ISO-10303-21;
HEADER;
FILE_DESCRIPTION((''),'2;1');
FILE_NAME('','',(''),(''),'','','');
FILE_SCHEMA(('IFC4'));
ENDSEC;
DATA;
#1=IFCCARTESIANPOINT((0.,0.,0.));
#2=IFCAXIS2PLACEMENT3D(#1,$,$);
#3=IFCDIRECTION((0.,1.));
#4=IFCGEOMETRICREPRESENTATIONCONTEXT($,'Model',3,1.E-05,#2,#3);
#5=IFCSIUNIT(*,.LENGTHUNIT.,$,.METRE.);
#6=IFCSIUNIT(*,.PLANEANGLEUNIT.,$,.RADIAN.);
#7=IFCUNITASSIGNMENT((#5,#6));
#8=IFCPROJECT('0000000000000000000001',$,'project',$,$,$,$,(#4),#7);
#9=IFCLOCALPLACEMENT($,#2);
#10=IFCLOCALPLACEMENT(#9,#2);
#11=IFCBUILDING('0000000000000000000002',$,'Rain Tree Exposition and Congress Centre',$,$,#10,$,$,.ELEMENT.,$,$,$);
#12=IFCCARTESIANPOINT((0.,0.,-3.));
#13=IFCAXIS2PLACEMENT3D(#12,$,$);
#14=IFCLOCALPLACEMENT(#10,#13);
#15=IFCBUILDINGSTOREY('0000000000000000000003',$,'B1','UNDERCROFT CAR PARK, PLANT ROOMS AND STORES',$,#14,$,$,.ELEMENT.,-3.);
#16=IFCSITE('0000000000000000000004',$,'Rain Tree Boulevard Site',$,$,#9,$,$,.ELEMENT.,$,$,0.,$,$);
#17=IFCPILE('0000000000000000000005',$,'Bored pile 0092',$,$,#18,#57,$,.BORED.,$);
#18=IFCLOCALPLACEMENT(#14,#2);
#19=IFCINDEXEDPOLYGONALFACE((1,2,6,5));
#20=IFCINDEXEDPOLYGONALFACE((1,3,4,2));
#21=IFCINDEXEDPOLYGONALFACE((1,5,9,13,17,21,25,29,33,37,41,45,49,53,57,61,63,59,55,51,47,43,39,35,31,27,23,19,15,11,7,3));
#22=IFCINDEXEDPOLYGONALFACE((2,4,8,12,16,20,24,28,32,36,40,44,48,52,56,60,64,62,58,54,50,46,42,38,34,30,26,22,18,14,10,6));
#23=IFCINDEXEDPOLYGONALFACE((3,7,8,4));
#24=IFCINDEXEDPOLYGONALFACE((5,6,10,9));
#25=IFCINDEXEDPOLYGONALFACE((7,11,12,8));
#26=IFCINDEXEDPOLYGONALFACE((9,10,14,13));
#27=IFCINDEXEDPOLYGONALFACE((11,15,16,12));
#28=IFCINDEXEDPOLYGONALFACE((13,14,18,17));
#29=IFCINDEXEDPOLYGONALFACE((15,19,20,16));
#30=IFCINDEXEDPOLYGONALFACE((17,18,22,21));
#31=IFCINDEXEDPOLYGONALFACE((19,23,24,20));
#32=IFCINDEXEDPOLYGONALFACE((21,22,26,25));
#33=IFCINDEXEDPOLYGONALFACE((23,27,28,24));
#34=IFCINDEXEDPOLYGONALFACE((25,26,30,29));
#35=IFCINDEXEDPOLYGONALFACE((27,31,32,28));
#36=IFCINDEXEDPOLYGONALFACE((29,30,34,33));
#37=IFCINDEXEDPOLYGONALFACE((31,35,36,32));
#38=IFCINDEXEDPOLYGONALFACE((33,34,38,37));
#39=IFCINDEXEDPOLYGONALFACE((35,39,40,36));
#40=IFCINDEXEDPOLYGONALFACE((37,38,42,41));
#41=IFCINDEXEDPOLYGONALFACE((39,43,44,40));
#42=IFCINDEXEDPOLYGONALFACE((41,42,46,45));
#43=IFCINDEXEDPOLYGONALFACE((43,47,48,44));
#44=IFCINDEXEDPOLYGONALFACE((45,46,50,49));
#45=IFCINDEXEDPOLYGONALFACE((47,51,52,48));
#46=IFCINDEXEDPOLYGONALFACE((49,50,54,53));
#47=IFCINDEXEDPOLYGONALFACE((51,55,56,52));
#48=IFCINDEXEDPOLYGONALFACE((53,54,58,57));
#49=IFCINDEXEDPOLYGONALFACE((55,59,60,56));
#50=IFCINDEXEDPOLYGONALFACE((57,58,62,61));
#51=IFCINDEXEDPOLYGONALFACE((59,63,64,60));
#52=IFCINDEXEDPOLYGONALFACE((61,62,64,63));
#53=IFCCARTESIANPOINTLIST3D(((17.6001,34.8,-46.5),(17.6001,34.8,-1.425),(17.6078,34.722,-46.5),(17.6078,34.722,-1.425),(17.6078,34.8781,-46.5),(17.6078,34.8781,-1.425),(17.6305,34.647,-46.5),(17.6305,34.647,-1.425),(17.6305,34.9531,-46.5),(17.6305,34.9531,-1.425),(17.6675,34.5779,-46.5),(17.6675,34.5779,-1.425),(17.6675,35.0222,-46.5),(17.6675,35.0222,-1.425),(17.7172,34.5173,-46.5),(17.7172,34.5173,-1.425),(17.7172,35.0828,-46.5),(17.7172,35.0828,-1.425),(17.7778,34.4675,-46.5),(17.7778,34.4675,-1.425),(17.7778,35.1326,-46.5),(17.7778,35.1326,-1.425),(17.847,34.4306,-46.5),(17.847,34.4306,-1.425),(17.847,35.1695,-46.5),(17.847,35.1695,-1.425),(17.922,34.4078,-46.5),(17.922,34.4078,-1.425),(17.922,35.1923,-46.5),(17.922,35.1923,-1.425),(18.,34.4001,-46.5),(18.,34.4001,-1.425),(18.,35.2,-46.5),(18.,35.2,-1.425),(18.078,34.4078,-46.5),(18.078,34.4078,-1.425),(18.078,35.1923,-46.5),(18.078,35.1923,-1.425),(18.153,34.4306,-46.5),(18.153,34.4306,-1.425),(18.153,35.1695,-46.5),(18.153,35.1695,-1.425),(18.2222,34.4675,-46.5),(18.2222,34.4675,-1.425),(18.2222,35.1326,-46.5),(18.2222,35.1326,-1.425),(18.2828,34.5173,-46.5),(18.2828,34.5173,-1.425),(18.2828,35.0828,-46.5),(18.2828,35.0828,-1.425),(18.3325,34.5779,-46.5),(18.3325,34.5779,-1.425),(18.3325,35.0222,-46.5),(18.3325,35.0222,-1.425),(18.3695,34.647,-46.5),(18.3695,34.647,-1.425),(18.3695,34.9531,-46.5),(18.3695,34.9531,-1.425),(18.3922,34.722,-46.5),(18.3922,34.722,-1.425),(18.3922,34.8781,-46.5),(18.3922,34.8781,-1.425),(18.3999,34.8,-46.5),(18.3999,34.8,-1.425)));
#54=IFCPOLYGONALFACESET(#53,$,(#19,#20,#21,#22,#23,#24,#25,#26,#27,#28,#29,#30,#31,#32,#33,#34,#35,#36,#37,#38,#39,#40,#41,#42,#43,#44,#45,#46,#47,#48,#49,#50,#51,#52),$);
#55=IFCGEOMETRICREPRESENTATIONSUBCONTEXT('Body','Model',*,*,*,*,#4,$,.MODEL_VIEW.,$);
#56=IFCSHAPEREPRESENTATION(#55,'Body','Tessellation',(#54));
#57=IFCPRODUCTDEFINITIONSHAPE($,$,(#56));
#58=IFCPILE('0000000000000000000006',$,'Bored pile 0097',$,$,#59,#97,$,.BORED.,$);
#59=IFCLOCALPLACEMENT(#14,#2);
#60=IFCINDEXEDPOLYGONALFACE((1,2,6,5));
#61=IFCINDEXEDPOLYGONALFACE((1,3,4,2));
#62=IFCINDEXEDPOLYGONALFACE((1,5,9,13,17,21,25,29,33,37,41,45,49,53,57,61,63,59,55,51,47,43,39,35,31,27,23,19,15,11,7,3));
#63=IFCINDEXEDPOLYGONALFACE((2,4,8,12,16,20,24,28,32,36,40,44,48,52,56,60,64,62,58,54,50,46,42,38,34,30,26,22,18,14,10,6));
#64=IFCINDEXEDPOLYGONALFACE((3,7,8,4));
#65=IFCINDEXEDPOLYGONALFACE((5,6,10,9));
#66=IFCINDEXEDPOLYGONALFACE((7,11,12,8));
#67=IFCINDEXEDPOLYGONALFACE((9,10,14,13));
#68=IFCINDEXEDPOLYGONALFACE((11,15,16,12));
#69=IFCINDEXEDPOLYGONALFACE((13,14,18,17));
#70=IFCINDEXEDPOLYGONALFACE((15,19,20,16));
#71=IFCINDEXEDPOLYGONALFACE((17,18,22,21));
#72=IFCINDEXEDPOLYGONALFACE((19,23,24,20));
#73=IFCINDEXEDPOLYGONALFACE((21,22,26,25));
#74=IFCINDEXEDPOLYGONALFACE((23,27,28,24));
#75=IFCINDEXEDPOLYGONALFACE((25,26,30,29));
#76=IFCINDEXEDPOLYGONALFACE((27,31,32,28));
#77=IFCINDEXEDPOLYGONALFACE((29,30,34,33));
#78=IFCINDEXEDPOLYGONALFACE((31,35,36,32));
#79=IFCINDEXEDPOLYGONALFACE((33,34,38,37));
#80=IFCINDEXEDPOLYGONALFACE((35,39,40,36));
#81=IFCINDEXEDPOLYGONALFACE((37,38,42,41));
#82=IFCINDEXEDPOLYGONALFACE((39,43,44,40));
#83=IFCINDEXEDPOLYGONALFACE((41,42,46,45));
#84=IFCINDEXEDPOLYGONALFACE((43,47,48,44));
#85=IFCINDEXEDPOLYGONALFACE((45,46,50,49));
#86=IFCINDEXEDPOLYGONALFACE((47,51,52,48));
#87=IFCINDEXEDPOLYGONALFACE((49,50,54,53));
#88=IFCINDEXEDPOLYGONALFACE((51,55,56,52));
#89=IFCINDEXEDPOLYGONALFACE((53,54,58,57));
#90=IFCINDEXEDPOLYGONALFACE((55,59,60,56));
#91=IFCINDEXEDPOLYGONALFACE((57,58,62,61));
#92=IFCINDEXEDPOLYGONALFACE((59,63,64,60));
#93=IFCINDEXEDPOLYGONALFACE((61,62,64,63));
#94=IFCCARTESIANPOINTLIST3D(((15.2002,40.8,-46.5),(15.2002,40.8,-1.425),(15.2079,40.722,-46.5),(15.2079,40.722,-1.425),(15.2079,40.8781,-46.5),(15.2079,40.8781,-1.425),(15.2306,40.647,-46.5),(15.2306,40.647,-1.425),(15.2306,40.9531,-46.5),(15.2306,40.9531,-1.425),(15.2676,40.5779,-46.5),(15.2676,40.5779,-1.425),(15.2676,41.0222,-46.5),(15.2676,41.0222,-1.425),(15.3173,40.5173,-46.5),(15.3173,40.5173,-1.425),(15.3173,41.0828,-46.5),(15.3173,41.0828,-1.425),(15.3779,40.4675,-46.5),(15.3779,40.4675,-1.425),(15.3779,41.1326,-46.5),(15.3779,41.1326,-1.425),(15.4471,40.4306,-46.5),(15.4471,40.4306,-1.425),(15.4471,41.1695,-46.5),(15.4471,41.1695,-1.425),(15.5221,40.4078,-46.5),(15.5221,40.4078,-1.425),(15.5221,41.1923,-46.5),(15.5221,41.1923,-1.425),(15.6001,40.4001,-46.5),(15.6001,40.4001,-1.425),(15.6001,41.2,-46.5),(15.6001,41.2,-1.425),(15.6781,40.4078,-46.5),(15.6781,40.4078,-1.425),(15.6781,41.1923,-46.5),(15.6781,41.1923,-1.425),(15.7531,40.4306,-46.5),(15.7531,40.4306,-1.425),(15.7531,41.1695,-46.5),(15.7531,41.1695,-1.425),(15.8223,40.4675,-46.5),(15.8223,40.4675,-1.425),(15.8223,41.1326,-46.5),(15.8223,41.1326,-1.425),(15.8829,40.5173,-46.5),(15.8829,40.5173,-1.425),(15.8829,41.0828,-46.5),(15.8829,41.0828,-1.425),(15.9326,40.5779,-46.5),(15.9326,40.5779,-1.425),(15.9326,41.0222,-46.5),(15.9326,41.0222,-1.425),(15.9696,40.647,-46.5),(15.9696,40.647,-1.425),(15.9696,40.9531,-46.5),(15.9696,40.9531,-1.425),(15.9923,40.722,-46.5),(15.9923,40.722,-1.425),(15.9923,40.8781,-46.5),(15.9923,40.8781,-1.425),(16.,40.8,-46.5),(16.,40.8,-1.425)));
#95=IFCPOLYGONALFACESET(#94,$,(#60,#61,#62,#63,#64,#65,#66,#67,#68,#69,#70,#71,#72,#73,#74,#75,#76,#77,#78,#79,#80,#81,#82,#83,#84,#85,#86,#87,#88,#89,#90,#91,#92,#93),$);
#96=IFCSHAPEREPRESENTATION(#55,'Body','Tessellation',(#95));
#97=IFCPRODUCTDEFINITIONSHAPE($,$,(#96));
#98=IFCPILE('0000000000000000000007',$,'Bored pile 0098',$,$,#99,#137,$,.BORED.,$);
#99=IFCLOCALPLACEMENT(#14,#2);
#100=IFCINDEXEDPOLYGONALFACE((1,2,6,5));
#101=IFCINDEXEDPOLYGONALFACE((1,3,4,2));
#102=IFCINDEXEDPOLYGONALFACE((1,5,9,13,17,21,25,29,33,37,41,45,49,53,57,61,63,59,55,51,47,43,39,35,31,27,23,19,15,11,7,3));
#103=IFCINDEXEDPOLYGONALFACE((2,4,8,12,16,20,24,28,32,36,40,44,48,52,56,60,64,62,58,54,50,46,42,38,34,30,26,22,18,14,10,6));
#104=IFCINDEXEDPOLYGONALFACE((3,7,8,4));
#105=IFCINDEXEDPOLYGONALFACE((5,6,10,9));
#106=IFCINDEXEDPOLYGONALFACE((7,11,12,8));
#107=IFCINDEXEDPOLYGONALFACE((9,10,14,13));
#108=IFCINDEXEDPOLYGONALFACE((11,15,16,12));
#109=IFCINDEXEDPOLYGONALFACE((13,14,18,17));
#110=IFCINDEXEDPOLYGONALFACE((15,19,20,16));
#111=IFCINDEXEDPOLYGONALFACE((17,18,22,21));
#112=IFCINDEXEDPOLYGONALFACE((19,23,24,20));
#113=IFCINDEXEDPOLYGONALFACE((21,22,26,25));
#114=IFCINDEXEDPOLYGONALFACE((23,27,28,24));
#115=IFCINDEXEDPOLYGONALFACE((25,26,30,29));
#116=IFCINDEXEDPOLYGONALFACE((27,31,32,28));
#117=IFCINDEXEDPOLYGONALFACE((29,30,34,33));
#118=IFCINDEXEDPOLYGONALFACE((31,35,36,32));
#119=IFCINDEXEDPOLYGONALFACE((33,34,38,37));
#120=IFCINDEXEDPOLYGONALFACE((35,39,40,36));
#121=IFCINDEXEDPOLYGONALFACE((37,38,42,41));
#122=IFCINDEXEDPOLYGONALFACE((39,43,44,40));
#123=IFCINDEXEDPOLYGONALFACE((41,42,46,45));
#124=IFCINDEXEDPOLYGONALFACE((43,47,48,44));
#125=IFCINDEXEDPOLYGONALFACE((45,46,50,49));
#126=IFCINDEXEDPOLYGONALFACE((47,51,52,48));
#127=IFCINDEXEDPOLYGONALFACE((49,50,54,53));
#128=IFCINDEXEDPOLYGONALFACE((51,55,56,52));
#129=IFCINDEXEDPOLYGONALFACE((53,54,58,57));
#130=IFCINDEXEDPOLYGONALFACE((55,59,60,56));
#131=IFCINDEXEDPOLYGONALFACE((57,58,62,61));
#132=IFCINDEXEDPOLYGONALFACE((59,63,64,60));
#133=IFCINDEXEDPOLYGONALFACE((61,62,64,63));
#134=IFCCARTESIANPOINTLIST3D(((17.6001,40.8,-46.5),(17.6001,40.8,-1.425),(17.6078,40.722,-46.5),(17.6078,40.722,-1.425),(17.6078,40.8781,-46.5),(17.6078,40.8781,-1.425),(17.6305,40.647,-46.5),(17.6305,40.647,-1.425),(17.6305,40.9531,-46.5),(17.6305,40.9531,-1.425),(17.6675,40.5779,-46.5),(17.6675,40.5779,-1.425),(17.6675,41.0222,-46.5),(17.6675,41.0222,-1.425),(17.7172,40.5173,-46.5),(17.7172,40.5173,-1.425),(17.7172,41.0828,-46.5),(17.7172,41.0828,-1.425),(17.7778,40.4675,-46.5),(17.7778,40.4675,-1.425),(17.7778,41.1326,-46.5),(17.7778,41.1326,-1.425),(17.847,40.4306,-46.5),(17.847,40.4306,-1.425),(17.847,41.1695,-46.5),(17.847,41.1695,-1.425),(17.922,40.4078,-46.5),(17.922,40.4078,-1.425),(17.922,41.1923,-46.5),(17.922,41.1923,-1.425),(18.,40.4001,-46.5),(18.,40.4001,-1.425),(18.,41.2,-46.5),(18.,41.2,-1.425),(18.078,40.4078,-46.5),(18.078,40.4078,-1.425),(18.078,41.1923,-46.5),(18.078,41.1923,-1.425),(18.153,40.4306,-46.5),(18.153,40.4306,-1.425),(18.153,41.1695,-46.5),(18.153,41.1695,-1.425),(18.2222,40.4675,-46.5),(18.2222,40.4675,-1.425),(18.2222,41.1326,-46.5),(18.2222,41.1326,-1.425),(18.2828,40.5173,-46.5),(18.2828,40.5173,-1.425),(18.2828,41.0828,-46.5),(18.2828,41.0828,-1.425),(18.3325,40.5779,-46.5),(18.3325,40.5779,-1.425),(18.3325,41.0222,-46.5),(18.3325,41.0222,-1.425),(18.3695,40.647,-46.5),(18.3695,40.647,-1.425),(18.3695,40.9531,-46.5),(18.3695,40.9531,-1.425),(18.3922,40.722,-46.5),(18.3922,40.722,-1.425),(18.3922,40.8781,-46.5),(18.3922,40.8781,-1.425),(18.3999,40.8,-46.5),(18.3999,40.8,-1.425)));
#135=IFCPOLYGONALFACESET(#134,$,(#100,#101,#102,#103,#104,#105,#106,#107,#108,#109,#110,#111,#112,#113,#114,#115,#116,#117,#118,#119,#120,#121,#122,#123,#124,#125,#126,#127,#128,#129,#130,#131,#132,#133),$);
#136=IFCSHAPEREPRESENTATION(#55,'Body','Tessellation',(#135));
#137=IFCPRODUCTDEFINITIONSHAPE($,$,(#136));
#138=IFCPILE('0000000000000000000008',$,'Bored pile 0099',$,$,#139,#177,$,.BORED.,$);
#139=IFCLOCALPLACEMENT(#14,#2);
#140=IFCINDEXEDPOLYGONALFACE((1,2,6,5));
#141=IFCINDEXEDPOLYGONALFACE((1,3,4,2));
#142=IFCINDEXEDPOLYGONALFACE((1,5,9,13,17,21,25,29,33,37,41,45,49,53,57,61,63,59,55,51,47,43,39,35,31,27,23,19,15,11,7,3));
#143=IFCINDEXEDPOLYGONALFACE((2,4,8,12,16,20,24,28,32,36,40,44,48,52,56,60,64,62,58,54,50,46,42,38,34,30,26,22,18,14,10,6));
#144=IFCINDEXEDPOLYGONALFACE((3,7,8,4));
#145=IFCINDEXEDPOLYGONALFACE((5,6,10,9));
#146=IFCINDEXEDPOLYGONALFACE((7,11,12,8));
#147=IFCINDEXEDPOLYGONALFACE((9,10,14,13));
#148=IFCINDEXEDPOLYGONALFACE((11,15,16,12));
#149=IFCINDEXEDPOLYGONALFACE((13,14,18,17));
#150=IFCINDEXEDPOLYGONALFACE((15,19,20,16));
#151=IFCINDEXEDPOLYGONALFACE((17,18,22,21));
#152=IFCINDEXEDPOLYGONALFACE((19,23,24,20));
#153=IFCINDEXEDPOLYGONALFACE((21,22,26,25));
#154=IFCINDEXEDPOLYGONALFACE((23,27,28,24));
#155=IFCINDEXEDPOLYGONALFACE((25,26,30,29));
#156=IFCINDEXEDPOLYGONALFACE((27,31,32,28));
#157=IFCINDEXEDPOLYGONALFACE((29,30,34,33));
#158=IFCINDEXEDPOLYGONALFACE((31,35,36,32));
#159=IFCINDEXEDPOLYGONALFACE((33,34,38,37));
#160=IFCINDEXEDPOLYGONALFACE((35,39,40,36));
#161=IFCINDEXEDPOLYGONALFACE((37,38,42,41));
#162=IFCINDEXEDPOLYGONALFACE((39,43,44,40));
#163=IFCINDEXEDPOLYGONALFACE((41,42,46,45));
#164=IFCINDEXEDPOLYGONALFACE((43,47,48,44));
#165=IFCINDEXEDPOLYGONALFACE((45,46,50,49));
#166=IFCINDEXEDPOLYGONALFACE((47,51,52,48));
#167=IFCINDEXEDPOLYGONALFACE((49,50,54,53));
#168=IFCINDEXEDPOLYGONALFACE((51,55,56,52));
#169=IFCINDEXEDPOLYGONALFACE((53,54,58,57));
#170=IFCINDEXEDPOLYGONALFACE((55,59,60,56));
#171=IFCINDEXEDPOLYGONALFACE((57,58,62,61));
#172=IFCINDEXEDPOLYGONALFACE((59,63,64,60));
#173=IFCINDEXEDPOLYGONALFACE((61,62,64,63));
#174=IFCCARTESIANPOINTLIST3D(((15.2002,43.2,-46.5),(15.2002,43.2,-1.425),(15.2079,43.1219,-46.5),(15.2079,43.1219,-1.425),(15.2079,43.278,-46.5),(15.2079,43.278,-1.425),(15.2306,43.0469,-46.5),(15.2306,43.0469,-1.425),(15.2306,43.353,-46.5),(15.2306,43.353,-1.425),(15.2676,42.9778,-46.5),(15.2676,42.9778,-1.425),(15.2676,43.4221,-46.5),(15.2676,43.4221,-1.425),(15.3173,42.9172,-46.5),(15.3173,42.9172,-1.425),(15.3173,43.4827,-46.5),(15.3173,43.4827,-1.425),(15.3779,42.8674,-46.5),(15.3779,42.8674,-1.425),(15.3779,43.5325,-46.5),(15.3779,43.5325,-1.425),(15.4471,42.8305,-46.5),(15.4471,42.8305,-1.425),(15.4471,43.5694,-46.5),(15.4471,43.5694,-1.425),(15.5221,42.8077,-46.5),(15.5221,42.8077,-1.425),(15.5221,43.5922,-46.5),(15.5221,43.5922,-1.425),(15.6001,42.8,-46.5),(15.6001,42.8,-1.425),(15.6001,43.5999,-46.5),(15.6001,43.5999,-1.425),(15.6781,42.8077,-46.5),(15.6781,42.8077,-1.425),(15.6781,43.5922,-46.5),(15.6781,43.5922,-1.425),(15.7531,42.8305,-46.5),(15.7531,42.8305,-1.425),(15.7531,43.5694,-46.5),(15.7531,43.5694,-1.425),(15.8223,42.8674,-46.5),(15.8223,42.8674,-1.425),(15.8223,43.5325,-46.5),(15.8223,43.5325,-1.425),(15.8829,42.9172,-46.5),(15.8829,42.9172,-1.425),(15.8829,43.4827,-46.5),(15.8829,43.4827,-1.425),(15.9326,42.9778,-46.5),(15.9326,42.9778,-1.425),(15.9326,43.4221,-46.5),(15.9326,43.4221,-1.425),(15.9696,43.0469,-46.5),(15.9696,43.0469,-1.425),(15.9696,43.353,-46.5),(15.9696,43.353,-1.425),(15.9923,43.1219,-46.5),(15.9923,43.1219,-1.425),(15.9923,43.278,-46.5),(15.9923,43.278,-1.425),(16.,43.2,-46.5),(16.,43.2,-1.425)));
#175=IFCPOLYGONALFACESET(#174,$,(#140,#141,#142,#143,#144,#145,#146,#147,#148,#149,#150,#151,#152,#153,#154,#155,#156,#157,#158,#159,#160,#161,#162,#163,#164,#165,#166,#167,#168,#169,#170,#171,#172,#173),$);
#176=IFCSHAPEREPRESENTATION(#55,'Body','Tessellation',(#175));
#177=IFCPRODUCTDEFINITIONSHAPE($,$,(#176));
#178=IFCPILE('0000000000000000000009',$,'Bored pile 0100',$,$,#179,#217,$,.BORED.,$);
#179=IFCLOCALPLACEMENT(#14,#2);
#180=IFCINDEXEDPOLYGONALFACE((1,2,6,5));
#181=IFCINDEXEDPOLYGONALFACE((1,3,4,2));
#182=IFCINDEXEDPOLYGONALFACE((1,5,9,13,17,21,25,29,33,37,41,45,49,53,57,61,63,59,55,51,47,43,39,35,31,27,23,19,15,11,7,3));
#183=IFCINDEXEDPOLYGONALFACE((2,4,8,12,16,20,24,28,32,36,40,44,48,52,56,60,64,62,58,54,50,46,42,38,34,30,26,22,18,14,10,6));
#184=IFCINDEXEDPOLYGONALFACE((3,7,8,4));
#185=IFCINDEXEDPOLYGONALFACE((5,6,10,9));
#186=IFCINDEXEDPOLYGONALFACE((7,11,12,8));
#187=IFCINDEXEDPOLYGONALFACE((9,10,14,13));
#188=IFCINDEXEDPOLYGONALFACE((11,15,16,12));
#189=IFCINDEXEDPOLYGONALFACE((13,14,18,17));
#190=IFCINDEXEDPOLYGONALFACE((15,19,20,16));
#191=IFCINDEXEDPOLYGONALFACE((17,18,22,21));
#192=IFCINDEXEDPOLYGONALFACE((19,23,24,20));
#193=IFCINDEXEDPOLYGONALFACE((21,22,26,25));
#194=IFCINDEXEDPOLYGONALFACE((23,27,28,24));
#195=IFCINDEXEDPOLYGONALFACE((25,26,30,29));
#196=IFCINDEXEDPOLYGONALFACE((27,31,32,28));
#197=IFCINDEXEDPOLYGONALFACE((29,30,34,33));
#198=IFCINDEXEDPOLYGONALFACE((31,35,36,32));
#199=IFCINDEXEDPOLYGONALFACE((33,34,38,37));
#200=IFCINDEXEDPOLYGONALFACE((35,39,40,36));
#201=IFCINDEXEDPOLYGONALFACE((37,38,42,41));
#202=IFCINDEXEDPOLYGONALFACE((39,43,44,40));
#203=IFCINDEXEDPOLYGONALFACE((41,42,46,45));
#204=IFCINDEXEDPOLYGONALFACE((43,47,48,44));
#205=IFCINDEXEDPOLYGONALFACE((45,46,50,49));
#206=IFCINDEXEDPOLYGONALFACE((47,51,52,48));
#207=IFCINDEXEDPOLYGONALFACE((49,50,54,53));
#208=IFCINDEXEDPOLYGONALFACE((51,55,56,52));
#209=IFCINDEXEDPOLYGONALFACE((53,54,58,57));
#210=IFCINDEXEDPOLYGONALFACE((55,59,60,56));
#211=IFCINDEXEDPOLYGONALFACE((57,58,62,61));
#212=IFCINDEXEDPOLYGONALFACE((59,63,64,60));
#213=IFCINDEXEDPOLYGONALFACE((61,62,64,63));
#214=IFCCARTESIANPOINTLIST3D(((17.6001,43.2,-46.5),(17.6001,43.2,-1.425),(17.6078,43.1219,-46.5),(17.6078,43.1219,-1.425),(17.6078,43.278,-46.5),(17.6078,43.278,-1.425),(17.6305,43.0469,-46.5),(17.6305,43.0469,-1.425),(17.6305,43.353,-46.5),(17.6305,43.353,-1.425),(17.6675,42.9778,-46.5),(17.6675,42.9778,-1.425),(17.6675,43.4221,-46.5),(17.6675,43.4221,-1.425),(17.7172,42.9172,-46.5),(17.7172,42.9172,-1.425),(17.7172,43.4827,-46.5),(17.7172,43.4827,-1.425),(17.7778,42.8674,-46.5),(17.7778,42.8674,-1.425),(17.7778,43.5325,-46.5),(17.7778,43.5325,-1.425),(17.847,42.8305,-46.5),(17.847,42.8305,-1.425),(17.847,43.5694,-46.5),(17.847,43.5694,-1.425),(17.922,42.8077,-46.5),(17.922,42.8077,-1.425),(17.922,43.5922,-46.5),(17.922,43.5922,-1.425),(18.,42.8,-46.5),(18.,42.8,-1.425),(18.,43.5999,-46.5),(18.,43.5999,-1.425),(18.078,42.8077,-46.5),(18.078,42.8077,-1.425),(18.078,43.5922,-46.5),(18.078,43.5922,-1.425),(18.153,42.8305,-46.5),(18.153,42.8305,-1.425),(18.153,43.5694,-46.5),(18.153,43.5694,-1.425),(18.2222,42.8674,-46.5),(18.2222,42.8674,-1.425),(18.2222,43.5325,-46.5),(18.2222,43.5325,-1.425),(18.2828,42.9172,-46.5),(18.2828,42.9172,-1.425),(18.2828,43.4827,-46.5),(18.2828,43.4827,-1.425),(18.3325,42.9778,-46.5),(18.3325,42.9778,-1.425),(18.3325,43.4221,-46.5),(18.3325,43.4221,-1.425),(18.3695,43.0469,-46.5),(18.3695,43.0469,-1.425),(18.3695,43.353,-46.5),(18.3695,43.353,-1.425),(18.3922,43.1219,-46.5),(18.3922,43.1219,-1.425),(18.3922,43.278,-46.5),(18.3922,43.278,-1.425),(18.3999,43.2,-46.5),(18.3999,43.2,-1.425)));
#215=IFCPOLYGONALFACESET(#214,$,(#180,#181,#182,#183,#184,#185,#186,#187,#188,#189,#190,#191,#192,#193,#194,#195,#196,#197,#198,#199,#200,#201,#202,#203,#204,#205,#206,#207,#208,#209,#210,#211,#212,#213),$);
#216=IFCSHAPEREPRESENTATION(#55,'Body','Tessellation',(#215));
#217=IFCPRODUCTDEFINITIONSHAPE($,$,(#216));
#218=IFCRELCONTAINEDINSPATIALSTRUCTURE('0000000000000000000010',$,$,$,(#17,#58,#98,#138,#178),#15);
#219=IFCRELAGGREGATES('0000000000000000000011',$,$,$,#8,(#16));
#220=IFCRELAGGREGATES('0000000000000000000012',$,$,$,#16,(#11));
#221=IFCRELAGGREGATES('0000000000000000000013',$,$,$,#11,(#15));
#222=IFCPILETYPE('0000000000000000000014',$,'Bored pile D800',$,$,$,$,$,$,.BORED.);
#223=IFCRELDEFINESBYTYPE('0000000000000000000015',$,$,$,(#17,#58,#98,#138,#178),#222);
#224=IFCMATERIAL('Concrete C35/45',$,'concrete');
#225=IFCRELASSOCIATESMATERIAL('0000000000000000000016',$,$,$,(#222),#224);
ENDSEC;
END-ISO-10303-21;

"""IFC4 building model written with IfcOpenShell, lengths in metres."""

from ifc_helpers import new_model, si_unit, direction, frame, origin, origin_2d, place, context, subcontext, project, spatial, circle, extrude, material, material_profile, profile_set, type_object, element, save


model = new_model("IFC4")

# Units and contexts
model_context = context("Model", 3, precision=1e-05, world=origin(), true_north=direction((0.0, 1.0)))
body_context = subcontext(model_context, "Body", "Model", "MODEL_VIEW")
ifc_project = project(units=[si_unit("LENGTHUNIT", "METRE"), si_unit("PLANEANGLEUNIT", "RADIAN")], contexts=[model_context])

# Site, building, storey
site_placement = place(None, origin())
site = spatial("IfcSite", under=ifc_project, at=site_placement, Name="Rain Tree Boulevard Site", CompositionType="ELEMENT", RefElevation=0.0)
building_placement = place(site_placement, origin())
building = spatial("IfcBuilding", under=site, at=building_placement, Name="Rain Tree Exposition and Congress Centre", CompositionType="ELEMENT")
storey_placement = place(building_placement, frame((0.0, 0.0, -3.0)))
storey = spatial("IfcBuildingStorey", under=building, at=storey_placement, Name="B1", Description="UNDERCROFT CAR PARK, PLANT ROOMS AND STORES", CompositionType="ELEMENT", Elevation=-3.0)

# Piles
ifc_material_1 = material(Name="Concrete C35/45", Category="concrete")
ifc_material_profile_1 = material_profile(ifc_material_1, circle(Radius=0.3999, at=origin_2d()), Name="D800")
ifc_profile_set_1 = profile_set([ifc_material_profile_1], Name="Concrete C35/45")
pile_type = type_object("IfcPileType", Name="Bored pile D800", PredefinedType="BORED", material=ifc_profile_set_1)
for number, where, z_axis, x_axis, name in (
    (1, (18.0, 34.8, -1.425), (0.0, 0.0, -1.0), (1.0, 0.0, 0.0), "Bored pile 0092"),
    (2, (15.6001, 40.8, -1.425), (0.0, 0.0, -1.0), (1.0, 0.0, 0.0), "Bored pile 0097"),
    (3, (18.0, 40.8, -1.425), (0.0, 0.0, -1.0), (1.0, 0.0, 0.0), "Bored pile 0098"),
    (4, (15.6001, 43.2, -1.425), (0.0, 0.0, -1.0), (1.0, 0.0, 0.0), "Bored pile 0099"),
    (5, (18.0, 43.2, -1.425), (0.0, 0.0, -1.0), (1.0, 0.0, 0.0), "Bored pile 0100"),
):
    element("IfcPile", number, at=place(storey_placement, frame(where, z_axis=z_axis, x_axis=x_axis)), inside=storey, type_object=pile_type, Name=name, PredefinedType="BORED", context=body_context, shape_type="SweptSolid", body=[
        extrude(circle(Radius=0.3999, at=origin_2d()), origin(), (0.0, 0.0, 1.0), 45.075),
    ])

save(model, "model.ifc")
